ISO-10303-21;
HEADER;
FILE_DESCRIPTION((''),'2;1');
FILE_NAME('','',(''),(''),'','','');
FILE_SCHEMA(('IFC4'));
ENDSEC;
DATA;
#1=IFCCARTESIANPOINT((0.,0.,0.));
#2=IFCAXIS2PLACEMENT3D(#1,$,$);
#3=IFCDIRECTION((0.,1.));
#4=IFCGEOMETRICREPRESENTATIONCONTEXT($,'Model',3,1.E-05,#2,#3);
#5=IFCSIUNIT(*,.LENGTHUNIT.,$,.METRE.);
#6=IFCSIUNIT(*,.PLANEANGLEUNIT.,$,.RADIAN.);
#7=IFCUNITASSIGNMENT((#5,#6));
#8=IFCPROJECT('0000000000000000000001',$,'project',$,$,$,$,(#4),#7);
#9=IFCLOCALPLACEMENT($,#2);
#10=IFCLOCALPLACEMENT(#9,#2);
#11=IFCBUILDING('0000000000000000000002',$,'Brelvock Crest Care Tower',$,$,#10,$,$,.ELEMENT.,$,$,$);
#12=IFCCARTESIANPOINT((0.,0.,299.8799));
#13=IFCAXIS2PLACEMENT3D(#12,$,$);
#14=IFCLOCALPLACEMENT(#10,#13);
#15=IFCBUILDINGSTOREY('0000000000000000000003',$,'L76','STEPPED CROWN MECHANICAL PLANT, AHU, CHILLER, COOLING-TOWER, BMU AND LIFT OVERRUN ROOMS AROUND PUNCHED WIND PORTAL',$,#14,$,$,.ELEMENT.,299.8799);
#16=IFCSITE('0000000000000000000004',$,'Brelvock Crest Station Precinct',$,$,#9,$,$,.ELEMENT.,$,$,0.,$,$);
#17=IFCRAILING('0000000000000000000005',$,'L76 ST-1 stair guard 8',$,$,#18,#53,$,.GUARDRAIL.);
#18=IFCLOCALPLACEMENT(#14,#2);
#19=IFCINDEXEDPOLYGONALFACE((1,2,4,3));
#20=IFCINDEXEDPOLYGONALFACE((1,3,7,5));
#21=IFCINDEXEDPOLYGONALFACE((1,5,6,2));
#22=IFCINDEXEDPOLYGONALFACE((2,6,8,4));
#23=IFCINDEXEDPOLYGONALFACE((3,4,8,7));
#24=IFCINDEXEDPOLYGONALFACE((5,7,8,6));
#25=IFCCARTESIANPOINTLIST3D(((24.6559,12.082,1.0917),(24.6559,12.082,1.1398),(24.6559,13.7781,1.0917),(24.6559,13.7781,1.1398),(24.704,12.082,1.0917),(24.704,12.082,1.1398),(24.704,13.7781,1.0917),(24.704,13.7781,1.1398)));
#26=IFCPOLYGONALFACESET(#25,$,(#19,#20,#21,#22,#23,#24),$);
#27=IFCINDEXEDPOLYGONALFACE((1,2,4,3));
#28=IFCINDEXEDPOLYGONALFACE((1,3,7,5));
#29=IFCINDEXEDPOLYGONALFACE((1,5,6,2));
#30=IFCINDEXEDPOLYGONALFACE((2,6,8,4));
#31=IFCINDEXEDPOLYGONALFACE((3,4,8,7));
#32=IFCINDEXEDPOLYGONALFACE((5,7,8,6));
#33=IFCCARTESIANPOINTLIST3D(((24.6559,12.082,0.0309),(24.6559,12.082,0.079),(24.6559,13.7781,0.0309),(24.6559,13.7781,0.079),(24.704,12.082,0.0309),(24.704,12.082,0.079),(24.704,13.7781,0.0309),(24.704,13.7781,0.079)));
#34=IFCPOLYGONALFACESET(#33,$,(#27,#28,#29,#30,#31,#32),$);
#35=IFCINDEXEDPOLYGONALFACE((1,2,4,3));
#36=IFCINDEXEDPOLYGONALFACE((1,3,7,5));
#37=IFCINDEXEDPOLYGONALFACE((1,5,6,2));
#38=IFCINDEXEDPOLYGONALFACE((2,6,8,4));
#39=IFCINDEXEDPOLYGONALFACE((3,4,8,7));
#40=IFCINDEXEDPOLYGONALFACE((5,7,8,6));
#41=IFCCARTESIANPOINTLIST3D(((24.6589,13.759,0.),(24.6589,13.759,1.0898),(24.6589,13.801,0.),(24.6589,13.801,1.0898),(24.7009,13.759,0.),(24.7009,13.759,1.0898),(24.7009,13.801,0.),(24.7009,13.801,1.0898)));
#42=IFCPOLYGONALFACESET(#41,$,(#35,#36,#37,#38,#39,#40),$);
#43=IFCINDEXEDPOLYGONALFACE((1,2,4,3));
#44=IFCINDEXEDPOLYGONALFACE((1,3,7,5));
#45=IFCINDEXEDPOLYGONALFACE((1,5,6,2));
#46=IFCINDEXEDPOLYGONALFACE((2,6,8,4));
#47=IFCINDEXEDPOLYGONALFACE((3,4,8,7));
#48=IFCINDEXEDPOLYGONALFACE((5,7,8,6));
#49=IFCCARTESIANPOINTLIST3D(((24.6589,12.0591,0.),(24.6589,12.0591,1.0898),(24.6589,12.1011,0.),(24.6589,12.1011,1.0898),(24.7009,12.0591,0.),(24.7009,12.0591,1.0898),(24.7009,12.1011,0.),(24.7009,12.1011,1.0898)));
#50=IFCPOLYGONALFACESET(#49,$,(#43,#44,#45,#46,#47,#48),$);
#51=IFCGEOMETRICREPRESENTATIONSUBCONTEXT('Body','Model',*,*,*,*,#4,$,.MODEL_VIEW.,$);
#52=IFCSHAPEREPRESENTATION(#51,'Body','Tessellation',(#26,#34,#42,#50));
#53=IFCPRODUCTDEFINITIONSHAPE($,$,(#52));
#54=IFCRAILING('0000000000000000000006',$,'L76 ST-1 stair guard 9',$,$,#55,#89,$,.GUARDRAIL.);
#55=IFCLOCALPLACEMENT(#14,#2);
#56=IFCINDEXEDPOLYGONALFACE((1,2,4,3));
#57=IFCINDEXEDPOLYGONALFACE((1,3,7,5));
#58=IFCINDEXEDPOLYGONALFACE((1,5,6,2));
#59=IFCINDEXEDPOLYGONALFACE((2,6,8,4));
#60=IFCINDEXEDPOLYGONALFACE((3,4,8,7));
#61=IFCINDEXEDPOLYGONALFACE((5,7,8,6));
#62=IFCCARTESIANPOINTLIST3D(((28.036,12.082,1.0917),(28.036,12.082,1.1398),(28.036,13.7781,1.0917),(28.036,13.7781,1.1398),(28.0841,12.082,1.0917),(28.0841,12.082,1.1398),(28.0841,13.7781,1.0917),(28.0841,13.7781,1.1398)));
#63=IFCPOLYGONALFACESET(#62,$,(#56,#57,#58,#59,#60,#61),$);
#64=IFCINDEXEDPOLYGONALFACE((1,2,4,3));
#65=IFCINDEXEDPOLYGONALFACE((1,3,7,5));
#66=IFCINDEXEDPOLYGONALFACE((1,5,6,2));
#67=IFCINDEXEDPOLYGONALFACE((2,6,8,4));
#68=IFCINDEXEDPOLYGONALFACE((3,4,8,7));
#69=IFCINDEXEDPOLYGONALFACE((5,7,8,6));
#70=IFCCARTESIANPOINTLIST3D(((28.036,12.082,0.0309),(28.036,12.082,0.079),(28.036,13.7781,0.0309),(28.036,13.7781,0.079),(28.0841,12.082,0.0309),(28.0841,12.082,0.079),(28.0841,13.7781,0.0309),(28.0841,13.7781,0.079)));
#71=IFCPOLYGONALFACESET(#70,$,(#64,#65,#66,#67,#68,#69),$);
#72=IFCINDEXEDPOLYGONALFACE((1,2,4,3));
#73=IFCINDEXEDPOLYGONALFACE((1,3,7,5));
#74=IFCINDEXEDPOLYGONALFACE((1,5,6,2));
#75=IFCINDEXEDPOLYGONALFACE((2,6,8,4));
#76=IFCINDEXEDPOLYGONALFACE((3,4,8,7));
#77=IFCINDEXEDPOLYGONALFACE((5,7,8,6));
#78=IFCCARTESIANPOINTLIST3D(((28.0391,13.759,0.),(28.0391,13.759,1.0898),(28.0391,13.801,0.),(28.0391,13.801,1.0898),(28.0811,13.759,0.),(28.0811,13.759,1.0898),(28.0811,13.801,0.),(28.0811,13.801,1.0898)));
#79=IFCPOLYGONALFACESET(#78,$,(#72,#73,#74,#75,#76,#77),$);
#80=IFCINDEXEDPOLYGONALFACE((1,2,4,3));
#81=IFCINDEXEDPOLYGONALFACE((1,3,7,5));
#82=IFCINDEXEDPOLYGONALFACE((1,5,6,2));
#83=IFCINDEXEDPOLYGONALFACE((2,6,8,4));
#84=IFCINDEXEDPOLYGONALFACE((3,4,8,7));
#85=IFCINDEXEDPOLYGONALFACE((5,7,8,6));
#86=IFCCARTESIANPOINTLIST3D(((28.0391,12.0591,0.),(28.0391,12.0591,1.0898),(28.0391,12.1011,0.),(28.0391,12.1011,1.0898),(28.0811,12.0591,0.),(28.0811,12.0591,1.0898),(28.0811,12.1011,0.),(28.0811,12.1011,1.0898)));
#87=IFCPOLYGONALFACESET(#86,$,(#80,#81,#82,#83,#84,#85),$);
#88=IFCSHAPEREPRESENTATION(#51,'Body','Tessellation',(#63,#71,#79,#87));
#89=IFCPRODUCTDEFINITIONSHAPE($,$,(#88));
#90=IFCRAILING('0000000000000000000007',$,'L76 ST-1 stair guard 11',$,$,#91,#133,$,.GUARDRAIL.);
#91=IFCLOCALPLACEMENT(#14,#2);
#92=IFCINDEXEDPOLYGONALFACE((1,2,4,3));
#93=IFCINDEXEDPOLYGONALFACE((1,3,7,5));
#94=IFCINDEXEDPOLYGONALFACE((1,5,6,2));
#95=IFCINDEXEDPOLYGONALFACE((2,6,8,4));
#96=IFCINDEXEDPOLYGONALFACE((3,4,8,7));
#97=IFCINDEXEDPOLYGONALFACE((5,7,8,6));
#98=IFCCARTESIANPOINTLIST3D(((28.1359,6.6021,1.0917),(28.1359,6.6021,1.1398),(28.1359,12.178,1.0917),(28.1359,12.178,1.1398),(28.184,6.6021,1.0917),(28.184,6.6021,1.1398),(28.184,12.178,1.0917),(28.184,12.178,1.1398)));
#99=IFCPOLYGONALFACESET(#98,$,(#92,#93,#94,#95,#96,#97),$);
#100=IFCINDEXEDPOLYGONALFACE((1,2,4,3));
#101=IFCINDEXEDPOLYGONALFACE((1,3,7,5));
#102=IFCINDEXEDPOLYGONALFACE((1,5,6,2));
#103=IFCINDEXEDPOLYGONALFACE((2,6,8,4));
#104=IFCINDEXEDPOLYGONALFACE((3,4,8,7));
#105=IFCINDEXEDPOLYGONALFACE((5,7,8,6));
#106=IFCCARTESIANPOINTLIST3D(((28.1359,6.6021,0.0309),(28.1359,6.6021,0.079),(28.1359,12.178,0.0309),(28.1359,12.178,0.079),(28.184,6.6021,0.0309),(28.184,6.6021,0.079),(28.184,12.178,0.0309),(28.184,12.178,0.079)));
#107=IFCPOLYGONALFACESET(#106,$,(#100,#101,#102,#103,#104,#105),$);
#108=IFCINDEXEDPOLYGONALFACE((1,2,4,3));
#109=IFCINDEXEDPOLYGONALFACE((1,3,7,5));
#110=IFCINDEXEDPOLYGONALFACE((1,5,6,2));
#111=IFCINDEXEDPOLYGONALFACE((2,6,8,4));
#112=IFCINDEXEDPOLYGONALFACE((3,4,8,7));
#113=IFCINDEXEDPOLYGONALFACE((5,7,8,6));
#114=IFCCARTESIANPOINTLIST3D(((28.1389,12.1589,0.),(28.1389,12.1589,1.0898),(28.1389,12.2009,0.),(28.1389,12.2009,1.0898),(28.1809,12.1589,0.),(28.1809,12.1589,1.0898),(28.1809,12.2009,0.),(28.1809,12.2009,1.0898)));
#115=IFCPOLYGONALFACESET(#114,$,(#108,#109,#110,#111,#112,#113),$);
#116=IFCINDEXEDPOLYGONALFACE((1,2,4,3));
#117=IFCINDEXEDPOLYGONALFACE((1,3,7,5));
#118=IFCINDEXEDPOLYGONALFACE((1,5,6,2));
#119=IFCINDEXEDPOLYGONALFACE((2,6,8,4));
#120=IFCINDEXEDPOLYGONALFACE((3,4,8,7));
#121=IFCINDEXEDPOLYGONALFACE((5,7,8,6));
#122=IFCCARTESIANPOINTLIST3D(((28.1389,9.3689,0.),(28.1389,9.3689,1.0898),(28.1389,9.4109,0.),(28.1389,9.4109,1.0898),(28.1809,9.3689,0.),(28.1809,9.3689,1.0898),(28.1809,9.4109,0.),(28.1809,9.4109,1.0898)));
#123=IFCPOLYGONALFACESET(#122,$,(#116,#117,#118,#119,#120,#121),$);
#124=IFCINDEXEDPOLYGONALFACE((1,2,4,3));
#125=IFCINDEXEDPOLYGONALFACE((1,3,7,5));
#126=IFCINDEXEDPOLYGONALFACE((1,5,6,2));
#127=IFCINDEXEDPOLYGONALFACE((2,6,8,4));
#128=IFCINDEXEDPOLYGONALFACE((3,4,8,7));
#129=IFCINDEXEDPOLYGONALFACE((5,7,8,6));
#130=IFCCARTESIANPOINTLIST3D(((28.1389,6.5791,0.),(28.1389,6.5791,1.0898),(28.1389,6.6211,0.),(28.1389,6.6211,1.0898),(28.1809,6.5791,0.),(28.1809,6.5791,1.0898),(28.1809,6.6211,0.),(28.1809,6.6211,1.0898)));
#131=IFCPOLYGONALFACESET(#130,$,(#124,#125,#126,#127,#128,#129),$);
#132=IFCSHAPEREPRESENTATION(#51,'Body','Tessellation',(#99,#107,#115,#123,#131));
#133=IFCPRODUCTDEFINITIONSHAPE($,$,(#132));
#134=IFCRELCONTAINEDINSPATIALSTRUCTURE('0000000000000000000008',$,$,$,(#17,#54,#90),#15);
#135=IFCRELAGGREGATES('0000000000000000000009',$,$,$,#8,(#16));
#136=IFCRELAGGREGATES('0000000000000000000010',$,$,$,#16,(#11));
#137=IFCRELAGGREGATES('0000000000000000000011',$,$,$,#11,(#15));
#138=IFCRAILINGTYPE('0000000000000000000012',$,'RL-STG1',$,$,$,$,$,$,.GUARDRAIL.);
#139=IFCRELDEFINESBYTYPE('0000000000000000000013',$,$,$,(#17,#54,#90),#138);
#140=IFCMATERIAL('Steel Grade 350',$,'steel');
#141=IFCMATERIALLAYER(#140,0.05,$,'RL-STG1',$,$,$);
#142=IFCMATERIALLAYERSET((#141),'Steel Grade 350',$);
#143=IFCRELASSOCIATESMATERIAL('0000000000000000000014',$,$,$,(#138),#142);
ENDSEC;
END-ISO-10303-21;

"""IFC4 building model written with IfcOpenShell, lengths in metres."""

from ifc_helpers import new_model, si_unit, direction, frame, origin, origin_2d, place, context, subcontext, project, spatial, rectangle, extrude, material, layer, layer_set, type_object, element, save


model = new_model("IFC4")

# Units and contexts
model_context = context("Model", 3, precision=1e-05, world=origin(), true_north=direction((0.0, 1.0)))
body_context = subcontext(model_context, "Body", "Model", "MODEL_VIEW")
ifc_project = project(units=[si_unit("LENGTHUNIT", "METRE"), si_unit("PLANEANGLEUNIT", "RADIAN")], contexts=[model_context])

# Site, building, storey
site_placement = place(None, origin())
site = spatial("IfcSite", under=ifc_project, at=site_placement, Name="Brelvock Crest Station Precinct", CompositionType="ELEMENT", RefElevation=0.0)
building_placement = place(site_placement, origin())
building = spatial("IfcBuilding", under=site, at=building_placement, Name="Brelvock Crest Care Tower", CompositionType="ELEMENT")
storey_placement = place(building_placement, frame((0.0, 0.0, 299.8799)))
storey = spatial("IfcBuildingStorey", under=building, at=storey_placement, Name="L76", Description="STEPPED CROWN MECHANICAL PLANT, AHU, CHILLER, COOLING-TOWER, BMU AND LIFT OVERRUN ROOMS AROUND PUNCHED WIND PORTAL", CompositionType="ELEMENT", Elevation=299.8799)

# Shared definitions
ifc_material_1 = material(Name="Steel Grade 350", Category="steel")

# Railings
ifc_layer_1 = layer(ifc_material_1, 0.05, Name="RL-STG1")
ifc_layer_set_1 = layer_set([ifc_layer_1], Name="Steel Grade 350")
railing_type_1 = type_object("IfcRailingType", Name="RL-STG1", PredefinedType="GUARDRAIL", material=ifc_layer_set_1)
for number, where, name in (
    (1, (24.6799, 13.78, 0.0), "L76 ST-1 stair guard 8"),
    (2, (28.0601, 13.78, 0.0), "L76 ST-1 stair guard 9"),
):
    element("IfcRailing", number, at=place(storey_placement, frame(where)), inside=storey, type_object=railing_type_1, Name=name, PredefinedType="GUARDRAIL", context=body_context, shape_type="SweptSolid", body=[
        extrude(rectangle(XDim=0.0481, YDim=0.0481, at=origin_2d()), frame((0.0, -0.002, 1.1157), z_axis=(0.0, -1.0, 0.0), x_axis=(1.0, 0.0, 0.0)), (0.0, 0.0, 1.0), 1.696),
        extrude(rectangle(XDim=0.0481, YDim=0.0481, at=origin_2d()), frame((0.0, -0.002, 0.0549), z_axis=(0.0, -1.0, 0.0), x_axis=(1.0, 0.0, 0.0)), (0.0, 0.0, 1.0), 1.696),
        extrude(rectangle(XDim=0.042, YDim=0.042, at=origin_2d()), origin(), (0.0, 0.0, 1.0), 1.0898),
        extrude(rectangle(XDim=0.042, YDim=0.042, at=origin_2d()), frame((0.0, -1.7, 0.0)), (0.0, 0.0, 1.0), 1.0898),
    ])
railing_1_placement = place(storey_placement, frame((28.1599, 12.1799, 0.0)))
element("IfcRailing", 3, at=railing_1_placement, inside=storey, type_object=railing_type_1, Name="L76 ST-1 stair guard 11", PredefinedType="GUARDRAIL", context=body_context, shape_type="SweptSolid", body=[
    extrude(rectangle(XDim=0.0481, YDim=0.0481, at=origin_2d()), frame((0.0, -0.002, 1.1157), z_axis=(0.0, -1.0, 0.0), x_axis=(1.0, 0.0, 0.0)), (0.0, 0.0, 1.0), 5.5759),
    extrude(rectangle(XDim=0.0481, YDim=0.0481, at=origin_2d()), frame((0.0, -0.002, 0.0549), z_axis=(0.0, -1.0, 0.0), x_axis=(1.0, 0.0, 0.0)), (0.0, 0.0, 1.0), 5.5759),
    extrude(rectangle(XDim=0.042, YDim=0.042, at=origin_2d()), origin(), (0.0, 0.0, 1.0), 1.0898),
    extrude(rectangle(XDim=0.042, YDim=0.042, at=origin_2d()), frame((0.0, -2.79, 0.0)), (0.0, 0.0, 1.0), 1.0898),
    extrude(rectangle(XDim=0.042, YDim=0.042, at=origin_2d()), frame((0.0, -5.5798, 0.0)), (0.0, 0.0, 1.0), 1.0898),
])

save(model, "model.ifc")
